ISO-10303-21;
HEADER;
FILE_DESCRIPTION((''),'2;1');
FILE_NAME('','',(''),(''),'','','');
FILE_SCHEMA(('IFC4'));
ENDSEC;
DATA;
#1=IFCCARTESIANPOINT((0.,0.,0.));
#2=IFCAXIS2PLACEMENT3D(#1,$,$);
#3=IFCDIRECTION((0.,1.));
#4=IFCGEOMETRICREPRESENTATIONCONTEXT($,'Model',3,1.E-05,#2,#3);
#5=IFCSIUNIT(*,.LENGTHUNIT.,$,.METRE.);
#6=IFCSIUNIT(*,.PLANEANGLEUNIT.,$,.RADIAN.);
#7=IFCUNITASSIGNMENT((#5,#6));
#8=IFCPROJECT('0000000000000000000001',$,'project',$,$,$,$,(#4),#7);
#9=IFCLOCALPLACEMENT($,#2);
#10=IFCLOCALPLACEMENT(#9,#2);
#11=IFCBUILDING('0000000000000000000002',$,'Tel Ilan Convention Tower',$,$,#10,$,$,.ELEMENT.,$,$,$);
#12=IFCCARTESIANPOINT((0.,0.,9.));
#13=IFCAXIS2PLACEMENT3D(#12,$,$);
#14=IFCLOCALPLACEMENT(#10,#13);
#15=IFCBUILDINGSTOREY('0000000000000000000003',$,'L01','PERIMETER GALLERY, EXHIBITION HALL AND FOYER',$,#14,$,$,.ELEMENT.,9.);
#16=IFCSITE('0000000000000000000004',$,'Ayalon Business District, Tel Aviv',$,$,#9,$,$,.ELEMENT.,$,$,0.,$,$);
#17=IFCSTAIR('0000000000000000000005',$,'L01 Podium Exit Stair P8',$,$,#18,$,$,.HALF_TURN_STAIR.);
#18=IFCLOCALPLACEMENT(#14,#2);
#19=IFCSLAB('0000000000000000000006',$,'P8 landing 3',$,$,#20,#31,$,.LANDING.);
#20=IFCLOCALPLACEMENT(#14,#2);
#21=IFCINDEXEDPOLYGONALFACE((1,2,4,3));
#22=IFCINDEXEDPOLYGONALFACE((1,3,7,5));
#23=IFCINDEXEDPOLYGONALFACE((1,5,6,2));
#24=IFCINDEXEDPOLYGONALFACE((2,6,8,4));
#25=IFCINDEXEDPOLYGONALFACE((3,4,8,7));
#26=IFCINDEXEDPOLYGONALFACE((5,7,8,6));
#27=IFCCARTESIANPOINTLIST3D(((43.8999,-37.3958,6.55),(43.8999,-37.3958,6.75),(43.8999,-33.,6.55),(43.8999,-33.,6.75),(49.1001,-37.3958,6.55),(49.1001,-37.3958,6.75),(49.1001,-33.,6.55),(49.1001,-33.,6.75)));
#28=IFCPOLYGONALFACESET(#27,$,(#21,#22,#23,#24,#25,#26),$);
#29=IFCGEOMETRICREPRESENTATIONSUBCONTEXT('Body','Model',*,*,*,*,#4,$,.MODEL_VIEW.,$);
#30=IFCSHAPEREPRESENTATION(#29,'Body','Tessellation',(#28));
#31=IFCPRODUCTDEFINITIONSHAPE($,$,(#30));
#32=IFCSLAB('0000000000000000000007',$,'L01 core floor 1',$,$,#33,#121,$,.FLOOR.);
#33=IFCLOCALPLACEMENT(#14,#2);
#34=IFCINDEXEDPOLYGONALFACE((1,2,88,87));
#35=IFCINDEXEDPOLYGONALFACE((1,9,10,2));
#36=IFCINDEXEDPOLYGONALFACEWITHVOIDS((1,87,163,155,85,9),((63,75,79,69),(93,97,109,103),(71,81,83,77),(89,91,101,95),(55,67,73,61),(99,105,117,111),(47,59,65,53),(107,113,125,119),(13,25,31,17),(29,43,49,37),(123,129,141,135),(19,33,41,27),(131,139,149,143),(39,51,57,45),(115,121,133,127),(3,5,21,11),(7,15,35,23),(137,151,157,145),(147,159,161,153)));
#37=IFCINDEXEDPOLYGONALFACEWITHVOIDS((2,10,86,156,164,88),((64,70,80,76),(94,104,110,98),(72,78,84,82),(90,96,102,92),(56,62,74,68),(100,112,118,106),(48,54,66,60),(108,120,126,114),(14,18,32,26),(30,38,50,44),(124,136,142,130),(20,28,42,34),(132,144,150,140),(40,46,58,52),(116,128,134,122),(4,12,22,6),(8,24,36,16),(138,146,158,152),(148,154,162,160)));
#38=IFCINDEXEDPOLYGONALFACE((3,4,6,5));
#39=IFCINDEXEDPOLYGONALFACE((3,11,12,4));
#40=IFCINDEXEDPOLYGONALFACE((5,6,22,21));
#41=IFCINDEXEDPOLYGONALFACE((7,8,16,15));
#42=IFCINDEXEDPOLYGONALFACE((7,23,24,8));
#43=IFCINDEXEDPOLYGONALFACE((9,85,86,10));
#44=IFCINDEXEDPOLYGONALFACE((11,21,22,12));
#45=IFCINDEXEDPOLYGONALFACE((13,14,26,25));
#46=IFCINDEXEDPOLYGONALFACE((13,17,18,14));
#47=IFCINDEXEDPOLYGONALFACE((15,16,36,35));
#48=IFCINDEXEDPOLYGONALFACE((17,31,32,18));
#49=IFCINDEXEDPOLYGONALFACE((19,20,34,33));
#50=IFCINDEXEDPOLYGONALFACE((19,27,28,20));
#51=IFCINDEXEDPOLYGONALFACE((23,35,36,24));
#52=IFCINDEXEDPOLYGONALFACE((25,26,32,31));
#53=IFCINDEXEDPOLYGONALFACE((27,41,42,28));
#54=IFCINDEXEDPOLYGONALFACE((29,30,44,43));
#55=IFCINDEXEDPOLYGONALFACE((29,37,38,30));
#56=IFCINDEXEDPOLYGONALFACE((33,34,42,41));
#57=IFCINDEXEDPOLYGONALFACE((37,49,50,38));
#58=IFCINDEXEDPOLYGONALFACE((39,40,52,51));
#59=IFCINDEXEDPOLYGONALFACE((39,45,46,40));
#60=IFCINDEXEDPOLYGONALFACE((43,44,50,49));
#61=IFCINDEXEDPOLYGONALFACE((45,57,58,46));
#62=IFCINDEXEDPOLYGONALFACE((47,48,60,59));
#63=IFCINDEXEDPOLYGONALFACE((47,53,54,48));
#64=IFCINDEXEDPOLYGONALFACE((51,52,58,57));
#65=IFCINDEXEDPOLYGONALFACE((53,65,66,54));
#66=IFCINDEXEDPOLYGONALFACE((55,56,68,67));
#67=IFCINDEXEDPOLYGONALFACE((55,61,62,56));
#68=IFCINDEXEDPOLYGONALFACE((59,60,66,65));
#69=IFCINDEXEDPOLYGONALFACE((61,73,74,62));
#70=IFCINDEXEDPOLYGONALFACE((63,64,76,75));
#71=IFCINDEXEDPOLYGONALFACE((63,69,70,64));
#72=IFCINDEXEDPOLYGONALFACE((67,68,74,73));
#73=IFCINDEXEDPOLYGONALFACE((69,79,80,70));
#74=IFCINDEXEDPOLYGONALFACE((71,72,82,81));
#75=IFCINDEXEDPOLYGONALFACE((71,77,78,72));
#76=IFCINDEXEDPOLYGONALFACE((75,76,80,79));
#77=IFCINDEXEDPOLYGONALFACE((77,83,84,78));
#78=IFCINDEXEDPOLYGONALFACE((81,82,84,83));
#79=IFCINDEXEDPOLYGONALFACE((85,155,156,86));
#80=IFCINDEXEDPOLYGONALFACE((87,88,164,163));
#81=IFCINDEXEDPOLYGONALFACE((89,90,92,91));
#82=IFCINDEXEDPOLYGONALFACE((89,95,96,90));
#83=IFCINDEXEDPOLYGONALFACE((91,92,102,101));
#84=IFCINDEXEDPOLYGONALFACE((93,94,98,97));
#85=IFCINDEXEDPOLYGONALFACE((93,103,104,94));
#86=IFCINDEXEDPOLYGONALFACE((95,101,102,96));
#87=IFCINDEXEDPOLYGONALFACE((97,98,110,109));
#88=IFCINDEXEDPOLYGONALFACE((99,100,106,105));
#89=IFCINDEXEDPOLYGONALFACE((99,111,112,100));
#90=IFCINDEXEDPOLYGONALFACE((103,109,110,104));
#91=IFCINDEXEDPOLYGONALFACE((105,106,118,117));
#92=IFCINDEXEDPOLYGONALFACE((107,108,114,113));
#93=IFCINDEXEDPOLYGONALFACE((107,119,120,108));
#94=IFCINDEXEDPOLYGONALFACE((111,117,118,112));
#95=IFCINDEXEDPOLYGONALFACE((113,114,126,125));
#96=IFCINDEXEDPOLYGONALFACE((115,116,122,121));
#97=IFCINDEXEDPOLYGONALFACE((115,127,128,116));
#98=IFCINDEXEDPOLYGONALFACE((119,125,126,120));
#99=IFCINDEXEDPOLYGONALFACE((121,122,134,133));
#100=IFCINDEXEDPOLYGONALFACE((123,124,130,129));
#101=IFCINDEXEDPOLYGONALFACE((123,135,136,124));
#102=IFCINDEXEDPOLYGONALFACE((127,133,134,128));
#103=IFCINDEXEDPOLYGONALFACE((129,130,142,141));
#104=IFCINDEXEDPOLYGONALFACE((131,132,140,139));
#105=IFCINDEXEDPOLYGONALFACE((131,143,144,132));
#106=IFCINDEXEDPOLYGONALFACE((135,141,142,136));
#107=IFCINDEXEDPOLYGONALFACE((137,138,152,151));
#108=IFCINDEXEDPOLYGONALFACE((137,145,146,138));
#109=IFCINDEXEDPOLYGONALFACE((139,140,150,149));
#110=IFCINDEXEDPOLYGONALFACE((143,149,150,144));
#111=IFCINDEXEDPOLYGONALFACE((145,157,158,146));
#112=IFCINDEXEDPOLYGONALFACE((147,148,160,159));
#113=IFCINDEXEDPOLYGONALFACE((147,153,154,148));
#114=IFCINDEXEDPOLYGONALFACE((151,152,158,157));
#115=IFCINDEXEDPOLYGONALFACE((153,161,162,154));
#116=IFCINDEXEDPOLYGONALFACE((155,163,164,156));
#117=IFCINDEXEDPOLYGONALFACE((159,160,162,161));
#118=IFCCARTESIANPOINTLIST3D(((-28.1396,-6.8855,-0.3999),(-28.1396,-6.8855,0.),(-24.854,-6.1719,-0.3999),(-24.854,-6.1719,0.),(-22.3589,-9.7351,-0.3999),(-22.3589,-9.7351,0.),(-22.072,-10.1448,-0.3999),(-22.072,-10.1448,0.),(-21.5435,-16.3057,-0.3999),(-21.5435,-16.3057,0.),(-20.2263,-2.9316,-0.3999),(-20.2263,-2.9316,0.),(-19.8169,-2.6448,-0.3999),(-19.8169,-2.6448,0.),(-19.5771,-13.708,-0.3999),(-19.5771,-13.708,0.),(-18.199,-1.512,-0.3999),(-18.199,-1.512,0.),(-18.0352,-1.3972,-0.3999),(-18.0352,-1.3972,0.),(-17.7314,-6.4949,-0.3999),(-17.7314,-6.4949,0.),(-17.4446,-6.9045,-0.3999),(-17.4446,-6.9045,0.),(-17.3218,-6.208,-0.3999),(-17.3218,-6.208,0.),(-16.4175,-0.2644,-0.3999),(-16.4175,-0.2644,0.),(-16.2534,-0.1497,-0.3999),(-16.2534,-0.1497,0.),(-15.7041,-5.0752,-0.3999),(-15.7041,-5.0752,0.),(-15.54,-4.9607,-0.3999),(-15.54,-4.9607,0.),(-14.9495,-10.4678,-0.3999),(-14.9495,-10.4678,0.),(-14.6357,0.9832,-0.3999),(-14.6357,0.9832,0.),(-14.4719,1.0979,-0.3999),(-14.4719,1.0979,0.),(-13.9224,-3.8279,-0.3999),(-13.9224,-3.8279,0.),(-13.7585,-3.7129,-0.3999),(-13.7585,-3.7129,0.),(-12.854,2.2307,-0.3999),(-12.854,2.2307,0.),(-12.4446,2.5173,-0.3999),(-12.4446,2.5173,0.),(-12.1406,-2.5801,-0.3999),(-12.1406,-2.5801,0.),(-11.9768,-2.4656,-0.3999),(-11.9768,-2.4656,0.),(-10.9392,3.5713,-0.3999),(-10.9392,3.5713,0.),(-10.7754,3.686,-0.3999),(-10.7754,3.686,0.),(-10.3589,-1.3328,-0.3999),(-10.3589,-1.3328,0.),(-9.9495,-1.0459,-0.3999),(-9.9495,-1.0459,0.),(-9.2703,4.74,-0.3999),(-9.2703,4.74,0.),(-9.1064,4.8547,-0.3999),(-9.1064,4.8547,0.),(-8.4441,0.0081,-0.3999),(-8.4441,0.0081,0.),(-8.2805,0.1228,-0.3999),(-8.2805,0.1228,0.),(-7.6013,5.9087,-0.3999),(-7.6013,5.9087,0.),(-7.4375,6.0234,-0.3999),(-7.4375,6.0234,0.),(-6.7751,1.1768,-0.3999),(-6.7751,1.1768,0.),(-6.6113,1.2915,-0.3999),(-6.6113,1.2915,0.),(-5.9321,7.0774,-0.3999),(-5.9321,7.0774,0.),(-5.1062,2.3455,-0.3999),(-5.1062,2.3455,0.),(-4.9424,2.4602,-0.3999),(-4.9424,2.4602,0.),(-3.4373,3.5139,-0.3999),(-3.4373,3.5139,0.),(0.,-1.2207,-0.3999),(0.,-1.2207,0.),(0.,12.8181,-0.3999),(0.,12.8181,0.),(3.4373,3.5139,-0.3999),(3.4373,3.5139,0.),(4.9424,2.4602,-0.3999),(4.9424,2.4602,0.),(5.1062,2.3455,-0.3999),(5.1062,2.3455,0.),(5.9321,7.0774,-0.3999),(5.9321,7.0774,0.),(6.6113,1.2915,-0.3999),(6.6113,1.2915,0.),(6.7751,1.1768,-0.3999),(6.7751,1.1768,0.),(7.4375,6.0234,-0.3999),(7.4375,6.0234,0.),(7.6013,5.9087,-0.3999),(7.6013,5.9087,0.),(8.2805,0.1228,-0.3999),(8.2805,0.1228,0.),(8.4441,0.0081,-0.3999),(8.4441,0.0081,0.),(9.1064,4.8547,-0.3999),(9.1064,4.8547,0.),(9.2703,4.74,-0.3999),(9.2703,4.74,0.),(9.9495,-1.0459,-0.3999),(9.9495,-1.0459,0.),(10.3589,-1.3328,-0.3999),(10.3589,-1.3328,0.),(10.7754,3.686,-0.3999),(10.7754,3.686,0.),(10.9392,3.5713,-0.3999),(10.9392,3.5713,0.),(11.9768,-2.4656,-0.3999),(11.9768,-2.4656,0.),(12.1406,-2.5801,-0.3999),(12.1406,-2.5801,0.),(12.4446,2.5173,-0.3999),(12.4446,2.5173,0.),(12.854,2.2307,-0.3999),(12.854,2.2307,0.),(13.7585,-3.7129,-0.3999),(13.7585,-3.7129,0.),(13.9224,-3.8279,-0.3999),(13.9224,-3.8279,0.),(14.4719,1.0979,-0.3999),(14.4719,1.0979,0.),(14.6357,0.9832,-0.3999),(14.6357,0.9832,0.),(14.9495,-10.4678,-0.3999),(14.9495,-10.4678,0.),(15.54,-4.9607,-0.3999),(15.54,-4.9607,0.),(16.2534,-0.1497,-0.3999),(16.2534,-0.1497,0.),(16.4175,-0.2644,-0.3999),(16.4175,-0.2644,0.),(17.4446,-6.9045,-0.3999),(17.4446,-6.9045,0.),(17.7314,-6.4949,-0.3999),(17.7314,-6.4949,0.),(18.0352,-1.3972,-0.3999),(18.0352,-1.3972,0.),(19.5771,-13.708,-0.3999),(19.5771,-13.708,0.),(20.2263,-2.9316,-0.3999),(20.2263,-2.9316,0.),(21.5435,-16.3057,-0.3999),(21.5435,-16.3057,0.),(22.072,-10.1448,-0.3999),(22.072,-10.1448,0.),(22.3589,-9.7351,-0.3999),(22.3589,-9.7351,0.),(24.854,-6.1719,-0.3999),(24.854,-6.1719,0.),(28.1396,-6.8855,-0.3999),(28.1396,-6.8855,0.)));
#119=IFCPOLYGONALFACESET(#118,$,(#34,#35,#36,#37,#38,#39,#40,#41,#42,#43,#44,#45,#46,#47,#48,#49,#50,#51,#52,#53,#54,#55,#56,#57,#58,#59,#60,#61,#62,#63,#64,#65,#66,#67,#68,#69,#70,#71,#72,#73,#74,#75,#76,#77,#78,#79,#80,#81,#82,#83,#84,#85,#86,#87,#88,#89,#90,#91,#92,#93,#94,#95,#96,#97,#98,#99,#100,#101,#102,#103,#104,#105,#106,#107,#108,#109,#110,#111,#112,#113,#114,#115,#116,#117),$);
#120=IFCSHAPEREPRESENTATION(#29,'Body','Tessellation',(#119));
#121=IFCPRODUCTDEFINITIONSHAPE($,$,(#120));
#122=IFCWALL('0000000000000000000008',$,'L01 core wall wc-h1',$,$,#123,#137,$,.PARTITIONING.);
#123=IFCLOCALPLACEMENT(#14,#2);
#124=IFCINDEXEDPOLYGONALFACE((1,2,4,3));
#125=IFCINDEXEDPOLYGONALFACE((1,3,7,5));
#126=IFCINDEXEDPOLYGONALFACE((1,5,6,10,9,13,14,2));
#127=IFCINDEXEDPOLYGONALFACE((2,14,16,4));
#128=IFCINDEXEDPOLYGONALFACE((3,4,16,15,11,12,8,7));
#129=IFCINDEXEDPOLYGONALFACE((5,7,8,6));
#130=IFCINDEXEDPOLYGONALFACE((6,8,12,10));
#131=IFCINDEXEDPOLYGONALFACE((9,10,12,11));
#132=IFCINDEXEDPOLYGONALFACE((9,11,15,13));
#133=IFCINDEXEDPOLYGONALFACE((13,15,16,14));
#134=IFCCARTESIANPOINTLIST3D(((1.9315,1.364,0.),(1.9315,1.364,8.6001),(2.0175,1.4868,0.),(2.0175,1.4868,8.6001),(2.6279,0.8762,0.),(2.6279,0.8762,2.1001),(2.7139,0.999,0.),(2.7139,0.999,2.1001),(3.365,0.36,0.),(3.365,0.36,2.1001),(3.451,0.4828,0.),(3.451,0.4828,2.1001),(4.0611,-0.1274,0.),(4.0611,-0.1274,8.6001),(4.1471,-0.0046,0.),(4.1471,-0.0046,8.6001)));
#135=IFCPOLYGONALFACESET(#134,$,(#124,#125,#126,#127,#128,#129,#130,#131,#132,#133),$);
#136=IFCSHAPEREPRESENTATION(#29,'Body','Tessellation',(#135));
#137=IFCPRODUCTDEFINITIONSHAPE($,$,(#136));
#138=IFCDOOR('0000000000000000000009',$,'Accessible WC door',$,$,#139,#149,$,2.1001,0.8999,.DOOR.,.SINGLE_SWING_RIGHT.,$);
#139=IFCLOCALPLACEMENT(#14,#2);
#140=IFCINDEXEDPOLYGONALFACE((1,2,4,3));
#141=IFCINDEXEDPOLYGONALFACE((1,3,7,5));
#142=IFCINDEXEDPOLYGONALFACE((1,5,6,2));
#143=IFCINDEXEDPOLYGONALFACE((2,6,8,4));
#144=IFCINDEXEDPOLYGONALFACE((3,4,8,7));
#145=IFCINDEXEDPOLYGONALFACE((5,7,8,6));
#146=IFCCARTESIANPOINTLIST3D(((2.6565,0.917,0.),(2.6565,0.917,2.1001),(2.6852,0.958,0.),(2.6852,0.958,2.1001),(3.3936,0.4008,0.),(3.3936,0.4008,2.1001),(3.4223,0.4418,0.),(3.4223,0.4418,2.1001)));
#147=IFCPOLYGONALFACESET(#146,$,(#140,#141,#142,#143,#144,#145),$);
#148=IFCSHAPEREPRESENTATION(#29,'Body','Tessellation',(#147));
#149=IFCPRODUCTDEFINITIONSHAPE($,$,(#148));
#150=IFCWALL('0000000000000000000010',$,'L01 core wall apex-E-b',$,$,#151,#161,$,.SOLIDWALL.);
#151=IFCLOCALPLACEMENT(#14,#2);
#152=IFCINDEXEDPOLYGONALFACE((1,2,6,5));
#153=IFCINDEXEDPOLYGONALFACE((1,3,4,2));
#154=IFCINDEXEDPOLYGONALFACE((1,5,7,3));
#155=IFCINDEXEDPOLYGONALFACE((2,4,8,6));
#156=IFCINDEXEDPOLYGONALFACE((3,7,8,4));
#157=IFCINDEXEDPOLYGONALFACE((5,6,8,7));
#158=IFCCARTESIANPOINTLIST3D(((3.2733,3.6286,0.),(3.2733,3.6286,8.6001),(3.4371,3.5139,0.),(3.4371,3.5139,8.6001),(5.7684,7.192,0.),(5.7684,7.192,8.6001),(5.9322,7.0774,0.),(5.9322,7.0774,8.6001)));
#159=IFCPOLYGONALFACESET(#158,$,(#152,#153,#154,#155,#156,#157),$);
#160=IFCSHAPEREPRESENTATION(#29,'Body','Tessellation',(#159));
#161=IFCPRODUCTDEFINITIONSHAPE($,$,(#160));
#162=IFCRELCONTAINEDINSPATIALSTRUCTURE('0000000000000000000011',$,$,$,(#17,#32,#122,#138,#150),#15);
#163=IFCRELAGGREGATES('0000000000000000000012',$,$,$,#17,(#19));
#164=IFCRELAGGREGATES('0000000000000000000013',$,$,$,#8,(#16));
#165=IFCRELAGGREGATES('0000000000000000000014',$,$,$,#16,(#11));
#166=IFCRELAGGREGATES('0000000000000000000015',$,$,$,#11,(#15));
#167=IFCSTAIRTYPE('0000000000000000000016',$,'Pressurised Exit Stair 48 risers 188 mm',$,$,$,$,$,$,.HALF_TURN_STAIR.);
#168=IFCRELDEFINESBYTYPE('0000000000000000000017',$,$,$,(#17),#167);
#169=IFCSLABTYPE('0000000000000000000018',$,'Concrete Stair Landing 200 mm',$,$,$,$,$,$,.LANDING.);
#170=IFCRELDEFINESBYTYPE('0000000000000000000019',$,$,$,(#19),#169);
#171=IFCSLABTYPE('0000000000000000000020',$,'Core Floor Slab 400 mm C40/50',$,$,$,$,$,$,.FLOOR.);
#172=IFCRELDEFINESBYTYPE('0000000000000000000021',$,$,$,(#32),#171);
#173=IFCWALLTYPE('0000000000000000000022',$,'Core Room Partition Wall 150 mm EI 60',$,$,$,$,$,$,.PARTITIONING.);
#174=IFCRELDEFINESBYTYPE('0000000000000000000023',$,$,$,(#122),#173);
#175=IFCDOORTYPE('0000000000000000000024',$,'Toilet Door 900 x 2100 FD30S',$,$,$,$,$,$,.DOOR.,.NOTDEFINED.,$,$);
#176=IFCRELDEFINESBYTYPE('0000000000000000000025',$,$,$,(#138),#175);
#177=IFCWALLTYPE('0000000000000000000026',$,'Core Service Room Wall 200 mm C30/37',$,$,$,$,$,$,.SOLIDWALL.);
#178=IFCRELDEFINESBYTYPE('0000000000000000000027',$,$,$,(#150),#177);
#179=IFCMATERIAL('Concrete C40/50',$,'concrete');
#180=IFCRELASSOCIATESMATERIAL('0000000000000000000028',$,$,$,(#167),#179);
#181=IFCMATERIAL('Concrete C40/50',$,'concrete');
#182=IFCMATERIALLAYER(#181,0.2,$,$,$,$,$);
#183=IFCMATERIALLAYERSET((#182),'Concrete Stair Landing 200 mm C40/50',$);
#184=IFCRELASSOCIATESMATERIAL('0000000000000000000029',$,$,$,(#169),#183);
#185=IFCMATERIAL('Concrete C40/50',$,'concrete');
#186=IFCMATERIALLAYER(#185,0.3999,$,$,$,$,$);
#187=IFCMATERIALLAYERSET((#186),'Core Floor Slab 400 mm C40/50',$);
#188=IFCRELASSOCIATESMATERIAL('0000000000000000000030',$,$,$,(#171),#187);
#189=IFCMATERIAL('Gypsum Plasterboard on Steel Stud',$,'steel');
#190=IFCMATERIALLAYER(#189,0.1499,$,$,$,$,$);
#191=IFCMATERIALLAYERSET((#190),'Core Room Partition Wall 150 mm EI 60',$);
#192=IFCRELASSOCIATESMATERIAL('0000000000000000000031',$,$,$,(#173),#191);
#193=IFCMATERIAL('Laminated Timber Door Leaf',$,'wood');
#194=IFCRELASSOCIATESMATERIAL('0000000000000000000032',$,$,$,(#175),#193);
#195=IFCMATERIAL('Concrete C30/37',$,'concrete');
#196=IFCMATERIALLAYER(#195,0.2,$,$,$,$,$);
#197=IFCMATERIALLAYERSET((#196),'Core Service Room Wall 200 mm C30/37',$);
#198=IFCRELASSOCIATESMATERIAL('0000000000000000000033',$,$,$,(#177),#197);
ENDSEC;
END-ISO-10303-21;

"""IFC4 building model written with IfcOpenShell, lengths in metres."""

from ifc_helpers import new_model, si_unit, direction, frame, frame_2d, origin, place, context, subcontext, project, spatial, polyline, rectangle, outline, extrude, material, layer, layer_set, type_object, element, fill, aggregate, save


model = new_model("IFC4")

# Units and contexts
model_context = context("Model", 3, precision=1e-05, world=origin(), true_north=direction((0.0, 1.0)))
body_context = subcontext(model_context, "Body", "Model", "MODEL_VIEW")
ifc_project = project(units=[si_unit("LENGTHUNIT", "METRE"), si_unit("PLANEANGLEUNIT", "RADIAN")], contexts=[model_context])

# Site, building, storey
site_placement = place(None, origin())
site = spatial("IfcSite", under=ifc_project, at=site_placement, Name="Ayalon Business District, Tel Aviv", CompositionType="ELEMENT", RefElevation=0.0)
building_placement = place(site_placement, origin())
building = spatial("IfcBuilding", under=site, at=building_placement, Name="Tel Ilan Convention Tower", CompositionType="ELEMENT")
storey_placement = place(building_placement, frame((0.0, 0.0, 9.0)))
storey = spatial("IfcBuildingStorey", under=building, at=storey_placement, Name="L01", Description="PERIMETER GALLERY, EXHIBITION HALL AND FOYER", CompositionType="ELEMENT", Elevation=9.0)

# Stair, slab
ifc_material_1 = material(Name="Concrete C40/50", Category="concrete")
stair_type = type_object("IfcStairType", Name="Pressurised Exit Stair 48 risers 188 mm", PredefinedType="HALF_TURN_STAIR", material=ifc_material_1)
stair_placement = place(storey_placement, origin())
stair = element("IfcStair", 1, at=stair_placement, inside=storey, type_object=stair_type, Name="L01 Podium Exit Stair P8", PredefinedType="HALF_TURN_STAIR")
ifc_material_2 = material(Name="Concrete C40/50", Category="concrete")
ifc_layer_1 = layer(ifc_material_2, 0.2)
ifc_layer_set_1 = layer_set([ifc_layer_1], Name="Concrete Stair Landing 200 mm C40/50")
slab_type_1 = type_object("IfcSlabType", Name="Concrete Stair Landing 200 mm", PredefinedType="LANDING", material=ifc_layer_set_1)
slab_1_placement = place(storey_placement, frame((0.0, 0.0, 6.55)))
slab_1 = element("IfcSlab", 2, at=slab_1_placement, type_object=slab_type_1, Name="P8 landing 3", PredefinedType="LANDING", context=body_context, shape_type="SweptSolid", body=[
    extrude(outline(polyline([(49.1001, -37.3958), (49.1001, -33.0), (43.8999, -33.0), (43.8999, -37.3958), (49.1001, -37.3958)])), origin(), (0.0, 0.0, 1.0), 0.2),
])
aggregate(stair, [slab_1])

# Slab
ifc_material_3 = material(Name="Concrete C40/50", Category="concrete")
ifc_layer_2 = layer(ifc_material_3, 0.3999)
ifc_layer_set_2 = layer_set([ifc_layer_2], Name="Core Floor Slab 400 mm C40/50")
slab_type_2 = type_object("IfcSlabType", Name="Core Floor Slab 400 mm C40/50", PredefinedType="FLOOR", material=ifc_layer_set_2)
slab_2_placement = place(storey_placement, frame((0.0, 0.0, -0.3999)))
element("IfcSlab", 3, at=slab_2_placement, inside=storey, type_object=slab_type_2, Name="L01 core floor 1", PredefinedType="FLOOR", context=body_context, shape_type="SweptSolid", body=[
    extrude(outline(polyline([(-28.1396, -6.8855), (0.0, 12.8181), (28.1396, -6.8855), (21.5435, -16.3057), (0.0, -1.2207), (-21.5435, -16.3057), (-28.1396, -6.8855)]), holes=[polyline([(-19.5771, -13.708), (-14.9495, -10.4678), (-17.4446, -6.9045), (-22.072, -10.1448), (-19.5771, -13.708)]), polyline([(-22.3589, -9.7351), (-17.7314, -6.4949), (-20.2263, -2.9316), (-24.854, -6.1719), (-22.3589, -9.7351)]), polyline([(-15.7041, -5.0752), (-18.199, -1.512), (-19.8169, -2.6448), (-17.3218, -6.208), (-15.7041, -5.0752)]), polyline([(-13.9224, -3.8279), (-16.4175, -0.2644), (-18.0352, -1.3972), (-15.54, -4.9607), (-13.9224, -3.8279)]), polyline([(-12.1406, -2.5801), (-14.6357, 0.9832), (-16.2534, -0.1497), (-13.7585, -3.7129), (-12.1406, -2.5801)]), polyline([(-10.3589, -1.3328), (-12.854, 2.2307), (-14.4719, 1.0979), (-11.9768, -2.4656), (-10.3589, -1.3328)]), polyline([(-8.4441, 0.0081), (-10.9392, 3.5713), (-12.4446, 2.5173), (-9.9495, -1.0459), (-8.4441, 0.0081)]), polyline([(-6.7751, 1.1768), (-9.2703, 4.74), (-10.7754, 3.686), (-8.2805, 0.1228), (-6.7751, 1.1768)]), polyline([(-5.1062, 2.3455), (-7.6013, 5.9087), (-9.1064, 4.8547), (-6.6113, 1.2915), (-5.1062, 2.3455)]), polyline([(-3.4373, 3.5139), (-5.9321, 7.0774), (-7.4375, 6.0234), (-4.9424, 2.4602), (-3.4373, 3.5139)]), polyline([(22.072, -10.1448), (17.4446, -6.9045), (14.9495, -10.4678), (19.5771, -13.708), (22.072, -10.1448)]), polyline([(24.854, -6.1719), (20.2263, -2.9316), (17.7314, -6.4949), (22.3589, -9.7351), (24.854, -6.1719)]), polyline([(13.9224, -3.8279), (15.54, -4.9607), (18.0352, -1.3972), (16.4175, -0.2644), (13.9224, -3.8279)]), polyline([(12.1406, -2.5801), (13.7585, -3.7129), (16.2534, -0.1497), (14.6357, 0.9832), (12.1406, -2.5801)]), polyline([(10.3589, -1.3328), (11.9768, -2.4656), (14.4719, 1.0979), (12.854, 2.2307), (10.3589, -1.3328)]), polyline([(8.4441, 0.0081), (9.9495, -1.0459), (12.4446, 2.5173), (10.9392, 3.5713), (8.4441, 0.0081)]), polyline([(6.7751, 1.1768), (8.2805, 0.1228), (10.7754, 3.686), (9.2703, 4.74), (6.7751, 1.1768)]), polyline([(5.1062, 2.3455), (6.6113, 1.2915), (9.1064, 4.8547), (7.6013, 5.9087), (5.1062, 2.3455)]), polyline([(3.4373, 3.5139), (4.9424, 2.4602), (7.4375, 6.0234), (5.9321, 7.0774), (3.4373, 3.5139)])]), origin(), (0.0, 0.0, 1.0), 0.3999),
])

# Wall, opening, door
ifc_material_4 = material(Name="Gypsum Plasterboard on Steel Stud", Category="steel")
ifc_layer_3 = layer(ifc_material_4, 0.1499)
ifc_layer_set_3 = layer_set([ifc_layer_3], Name="Core Room Partition Wall 150 mm EI 60")
wall_type_1 = type_object("IfcWallType", Name="Core Room Partition Wall 150 mm EI 60", PredefinedType="PARTITIONING", material=ifc_layer_set_3)
wall_1_placement = place(storey_placement, frame((1.9746, 1.4253, 0.0), z_axis=(0.0, 0.0, 1.0), x_axis=(0.819104, -0.573645, 0.0)))
wall_1 = element("IfcWall", 4, at=wall_1_placement, inside=storey, type_object=wall_type_1, Name="L01 core wall wc-h1", PredefinedType="PARTITIONING", context=body_context, shape_type="SweptSolid", body=[
    extrude(rectangle(XDim=2.5999, YDim=0.1499, at=frame_2d((1.2998, 0.0))), origin(), (0.0, 0.0, 1.0), 8.6001),
])
opening_1_placement = place(wall_1_placement, frame((0.8501, 0.0, 0.0)))
opening_1 = element("IfcOpeningElement", 5, at=opening_1_placement, cuts=wall_1, PredefinedType="OPENING", context=body_context, shape_type="SweptSolid", body=[
    extrude(rectangle(XDim=0.8999, YDim=2.1001, at=frame_2d((0.45, 1.05))), frame((0.0, 0.085, 0.0), z_axis=(0.0, -1.0, 0.0), x_axis=(1.0, 0.0, 0.0)), (0.0, 0.0, 1.0), 0.1699),
])
ifc_material_5 = material(Name="Laminated Timber Door Leaf", Category="wood")
door_type_1 = type_object("IfcDoorType", Name="Toilet Door 900 x 2100 FD30S", OperationType="NOTDEFINED", PredefinedType="DOOR", material=ifc_material_5)
door_1_placement = place(opening_1_placement, origin())
door_1 = element("IfcDoor", 6, at=door_1_placement, inside=storey, type_object=door_type_1, Name="Accessible WC door", OperationType="SINGLE_SWING_RIGHT", OverallHeight=2.1001, OverallWidth=0.8999, PredefinedType="DOOR", context=body_context, shape_type="SweptSolid", body=[
    extrude(rectangle(XDim=0.8999, YDim=2.1001, at=frame_2d((0.45, 1.05))), frame((0.0, 0.0249, 0.0), z_axis=(0.0, -1.0, 0.0), x_axis=(1.0, 0.0, 0.0)), (0.0, 0.0, 1.0), 0.05),
])
fill(opening_1, door_1)

# Wall
ifc_material_6 = material(Name="Concrete C30/37", Category="concrete")
ifc_layer_4 = layer(ifc_material_6, 0.2)
ifc_layer_set_4 = layer_set([ifc_layer_4], Name="Core Service Room Wall 200 mm C30/37")
wall_type_2 = type_object("IfcWallType", Name="Core Service Room Wall 200 mm C30/37", PredefinedType="SOLIDWALL", material=ifc_layer_set_4)
wall_2_placement = place(storey_placement, frame((3.3552, 3.5713, 0.0), z_axis=(0.0, 0.0, 1.0), x_axis=(0.573568, 0.819158, 0.0)))
element("IfcWall", 7, at=wall_2_placement, inside=storey, type_object=wall_type_2, Name="L01 core wall apex-E-b", PredefinedType="SOLIDWALL", context=body_context, shape_type="SweptSolid", body=[
    extrude(rectangle(XDim=4.3501, YDim=0.2, at=frame_2d((2.175, 0.0))), origin(), (0.0, 0.0, 1.0), 8.6001),
])

save(model, "model.ifc")
